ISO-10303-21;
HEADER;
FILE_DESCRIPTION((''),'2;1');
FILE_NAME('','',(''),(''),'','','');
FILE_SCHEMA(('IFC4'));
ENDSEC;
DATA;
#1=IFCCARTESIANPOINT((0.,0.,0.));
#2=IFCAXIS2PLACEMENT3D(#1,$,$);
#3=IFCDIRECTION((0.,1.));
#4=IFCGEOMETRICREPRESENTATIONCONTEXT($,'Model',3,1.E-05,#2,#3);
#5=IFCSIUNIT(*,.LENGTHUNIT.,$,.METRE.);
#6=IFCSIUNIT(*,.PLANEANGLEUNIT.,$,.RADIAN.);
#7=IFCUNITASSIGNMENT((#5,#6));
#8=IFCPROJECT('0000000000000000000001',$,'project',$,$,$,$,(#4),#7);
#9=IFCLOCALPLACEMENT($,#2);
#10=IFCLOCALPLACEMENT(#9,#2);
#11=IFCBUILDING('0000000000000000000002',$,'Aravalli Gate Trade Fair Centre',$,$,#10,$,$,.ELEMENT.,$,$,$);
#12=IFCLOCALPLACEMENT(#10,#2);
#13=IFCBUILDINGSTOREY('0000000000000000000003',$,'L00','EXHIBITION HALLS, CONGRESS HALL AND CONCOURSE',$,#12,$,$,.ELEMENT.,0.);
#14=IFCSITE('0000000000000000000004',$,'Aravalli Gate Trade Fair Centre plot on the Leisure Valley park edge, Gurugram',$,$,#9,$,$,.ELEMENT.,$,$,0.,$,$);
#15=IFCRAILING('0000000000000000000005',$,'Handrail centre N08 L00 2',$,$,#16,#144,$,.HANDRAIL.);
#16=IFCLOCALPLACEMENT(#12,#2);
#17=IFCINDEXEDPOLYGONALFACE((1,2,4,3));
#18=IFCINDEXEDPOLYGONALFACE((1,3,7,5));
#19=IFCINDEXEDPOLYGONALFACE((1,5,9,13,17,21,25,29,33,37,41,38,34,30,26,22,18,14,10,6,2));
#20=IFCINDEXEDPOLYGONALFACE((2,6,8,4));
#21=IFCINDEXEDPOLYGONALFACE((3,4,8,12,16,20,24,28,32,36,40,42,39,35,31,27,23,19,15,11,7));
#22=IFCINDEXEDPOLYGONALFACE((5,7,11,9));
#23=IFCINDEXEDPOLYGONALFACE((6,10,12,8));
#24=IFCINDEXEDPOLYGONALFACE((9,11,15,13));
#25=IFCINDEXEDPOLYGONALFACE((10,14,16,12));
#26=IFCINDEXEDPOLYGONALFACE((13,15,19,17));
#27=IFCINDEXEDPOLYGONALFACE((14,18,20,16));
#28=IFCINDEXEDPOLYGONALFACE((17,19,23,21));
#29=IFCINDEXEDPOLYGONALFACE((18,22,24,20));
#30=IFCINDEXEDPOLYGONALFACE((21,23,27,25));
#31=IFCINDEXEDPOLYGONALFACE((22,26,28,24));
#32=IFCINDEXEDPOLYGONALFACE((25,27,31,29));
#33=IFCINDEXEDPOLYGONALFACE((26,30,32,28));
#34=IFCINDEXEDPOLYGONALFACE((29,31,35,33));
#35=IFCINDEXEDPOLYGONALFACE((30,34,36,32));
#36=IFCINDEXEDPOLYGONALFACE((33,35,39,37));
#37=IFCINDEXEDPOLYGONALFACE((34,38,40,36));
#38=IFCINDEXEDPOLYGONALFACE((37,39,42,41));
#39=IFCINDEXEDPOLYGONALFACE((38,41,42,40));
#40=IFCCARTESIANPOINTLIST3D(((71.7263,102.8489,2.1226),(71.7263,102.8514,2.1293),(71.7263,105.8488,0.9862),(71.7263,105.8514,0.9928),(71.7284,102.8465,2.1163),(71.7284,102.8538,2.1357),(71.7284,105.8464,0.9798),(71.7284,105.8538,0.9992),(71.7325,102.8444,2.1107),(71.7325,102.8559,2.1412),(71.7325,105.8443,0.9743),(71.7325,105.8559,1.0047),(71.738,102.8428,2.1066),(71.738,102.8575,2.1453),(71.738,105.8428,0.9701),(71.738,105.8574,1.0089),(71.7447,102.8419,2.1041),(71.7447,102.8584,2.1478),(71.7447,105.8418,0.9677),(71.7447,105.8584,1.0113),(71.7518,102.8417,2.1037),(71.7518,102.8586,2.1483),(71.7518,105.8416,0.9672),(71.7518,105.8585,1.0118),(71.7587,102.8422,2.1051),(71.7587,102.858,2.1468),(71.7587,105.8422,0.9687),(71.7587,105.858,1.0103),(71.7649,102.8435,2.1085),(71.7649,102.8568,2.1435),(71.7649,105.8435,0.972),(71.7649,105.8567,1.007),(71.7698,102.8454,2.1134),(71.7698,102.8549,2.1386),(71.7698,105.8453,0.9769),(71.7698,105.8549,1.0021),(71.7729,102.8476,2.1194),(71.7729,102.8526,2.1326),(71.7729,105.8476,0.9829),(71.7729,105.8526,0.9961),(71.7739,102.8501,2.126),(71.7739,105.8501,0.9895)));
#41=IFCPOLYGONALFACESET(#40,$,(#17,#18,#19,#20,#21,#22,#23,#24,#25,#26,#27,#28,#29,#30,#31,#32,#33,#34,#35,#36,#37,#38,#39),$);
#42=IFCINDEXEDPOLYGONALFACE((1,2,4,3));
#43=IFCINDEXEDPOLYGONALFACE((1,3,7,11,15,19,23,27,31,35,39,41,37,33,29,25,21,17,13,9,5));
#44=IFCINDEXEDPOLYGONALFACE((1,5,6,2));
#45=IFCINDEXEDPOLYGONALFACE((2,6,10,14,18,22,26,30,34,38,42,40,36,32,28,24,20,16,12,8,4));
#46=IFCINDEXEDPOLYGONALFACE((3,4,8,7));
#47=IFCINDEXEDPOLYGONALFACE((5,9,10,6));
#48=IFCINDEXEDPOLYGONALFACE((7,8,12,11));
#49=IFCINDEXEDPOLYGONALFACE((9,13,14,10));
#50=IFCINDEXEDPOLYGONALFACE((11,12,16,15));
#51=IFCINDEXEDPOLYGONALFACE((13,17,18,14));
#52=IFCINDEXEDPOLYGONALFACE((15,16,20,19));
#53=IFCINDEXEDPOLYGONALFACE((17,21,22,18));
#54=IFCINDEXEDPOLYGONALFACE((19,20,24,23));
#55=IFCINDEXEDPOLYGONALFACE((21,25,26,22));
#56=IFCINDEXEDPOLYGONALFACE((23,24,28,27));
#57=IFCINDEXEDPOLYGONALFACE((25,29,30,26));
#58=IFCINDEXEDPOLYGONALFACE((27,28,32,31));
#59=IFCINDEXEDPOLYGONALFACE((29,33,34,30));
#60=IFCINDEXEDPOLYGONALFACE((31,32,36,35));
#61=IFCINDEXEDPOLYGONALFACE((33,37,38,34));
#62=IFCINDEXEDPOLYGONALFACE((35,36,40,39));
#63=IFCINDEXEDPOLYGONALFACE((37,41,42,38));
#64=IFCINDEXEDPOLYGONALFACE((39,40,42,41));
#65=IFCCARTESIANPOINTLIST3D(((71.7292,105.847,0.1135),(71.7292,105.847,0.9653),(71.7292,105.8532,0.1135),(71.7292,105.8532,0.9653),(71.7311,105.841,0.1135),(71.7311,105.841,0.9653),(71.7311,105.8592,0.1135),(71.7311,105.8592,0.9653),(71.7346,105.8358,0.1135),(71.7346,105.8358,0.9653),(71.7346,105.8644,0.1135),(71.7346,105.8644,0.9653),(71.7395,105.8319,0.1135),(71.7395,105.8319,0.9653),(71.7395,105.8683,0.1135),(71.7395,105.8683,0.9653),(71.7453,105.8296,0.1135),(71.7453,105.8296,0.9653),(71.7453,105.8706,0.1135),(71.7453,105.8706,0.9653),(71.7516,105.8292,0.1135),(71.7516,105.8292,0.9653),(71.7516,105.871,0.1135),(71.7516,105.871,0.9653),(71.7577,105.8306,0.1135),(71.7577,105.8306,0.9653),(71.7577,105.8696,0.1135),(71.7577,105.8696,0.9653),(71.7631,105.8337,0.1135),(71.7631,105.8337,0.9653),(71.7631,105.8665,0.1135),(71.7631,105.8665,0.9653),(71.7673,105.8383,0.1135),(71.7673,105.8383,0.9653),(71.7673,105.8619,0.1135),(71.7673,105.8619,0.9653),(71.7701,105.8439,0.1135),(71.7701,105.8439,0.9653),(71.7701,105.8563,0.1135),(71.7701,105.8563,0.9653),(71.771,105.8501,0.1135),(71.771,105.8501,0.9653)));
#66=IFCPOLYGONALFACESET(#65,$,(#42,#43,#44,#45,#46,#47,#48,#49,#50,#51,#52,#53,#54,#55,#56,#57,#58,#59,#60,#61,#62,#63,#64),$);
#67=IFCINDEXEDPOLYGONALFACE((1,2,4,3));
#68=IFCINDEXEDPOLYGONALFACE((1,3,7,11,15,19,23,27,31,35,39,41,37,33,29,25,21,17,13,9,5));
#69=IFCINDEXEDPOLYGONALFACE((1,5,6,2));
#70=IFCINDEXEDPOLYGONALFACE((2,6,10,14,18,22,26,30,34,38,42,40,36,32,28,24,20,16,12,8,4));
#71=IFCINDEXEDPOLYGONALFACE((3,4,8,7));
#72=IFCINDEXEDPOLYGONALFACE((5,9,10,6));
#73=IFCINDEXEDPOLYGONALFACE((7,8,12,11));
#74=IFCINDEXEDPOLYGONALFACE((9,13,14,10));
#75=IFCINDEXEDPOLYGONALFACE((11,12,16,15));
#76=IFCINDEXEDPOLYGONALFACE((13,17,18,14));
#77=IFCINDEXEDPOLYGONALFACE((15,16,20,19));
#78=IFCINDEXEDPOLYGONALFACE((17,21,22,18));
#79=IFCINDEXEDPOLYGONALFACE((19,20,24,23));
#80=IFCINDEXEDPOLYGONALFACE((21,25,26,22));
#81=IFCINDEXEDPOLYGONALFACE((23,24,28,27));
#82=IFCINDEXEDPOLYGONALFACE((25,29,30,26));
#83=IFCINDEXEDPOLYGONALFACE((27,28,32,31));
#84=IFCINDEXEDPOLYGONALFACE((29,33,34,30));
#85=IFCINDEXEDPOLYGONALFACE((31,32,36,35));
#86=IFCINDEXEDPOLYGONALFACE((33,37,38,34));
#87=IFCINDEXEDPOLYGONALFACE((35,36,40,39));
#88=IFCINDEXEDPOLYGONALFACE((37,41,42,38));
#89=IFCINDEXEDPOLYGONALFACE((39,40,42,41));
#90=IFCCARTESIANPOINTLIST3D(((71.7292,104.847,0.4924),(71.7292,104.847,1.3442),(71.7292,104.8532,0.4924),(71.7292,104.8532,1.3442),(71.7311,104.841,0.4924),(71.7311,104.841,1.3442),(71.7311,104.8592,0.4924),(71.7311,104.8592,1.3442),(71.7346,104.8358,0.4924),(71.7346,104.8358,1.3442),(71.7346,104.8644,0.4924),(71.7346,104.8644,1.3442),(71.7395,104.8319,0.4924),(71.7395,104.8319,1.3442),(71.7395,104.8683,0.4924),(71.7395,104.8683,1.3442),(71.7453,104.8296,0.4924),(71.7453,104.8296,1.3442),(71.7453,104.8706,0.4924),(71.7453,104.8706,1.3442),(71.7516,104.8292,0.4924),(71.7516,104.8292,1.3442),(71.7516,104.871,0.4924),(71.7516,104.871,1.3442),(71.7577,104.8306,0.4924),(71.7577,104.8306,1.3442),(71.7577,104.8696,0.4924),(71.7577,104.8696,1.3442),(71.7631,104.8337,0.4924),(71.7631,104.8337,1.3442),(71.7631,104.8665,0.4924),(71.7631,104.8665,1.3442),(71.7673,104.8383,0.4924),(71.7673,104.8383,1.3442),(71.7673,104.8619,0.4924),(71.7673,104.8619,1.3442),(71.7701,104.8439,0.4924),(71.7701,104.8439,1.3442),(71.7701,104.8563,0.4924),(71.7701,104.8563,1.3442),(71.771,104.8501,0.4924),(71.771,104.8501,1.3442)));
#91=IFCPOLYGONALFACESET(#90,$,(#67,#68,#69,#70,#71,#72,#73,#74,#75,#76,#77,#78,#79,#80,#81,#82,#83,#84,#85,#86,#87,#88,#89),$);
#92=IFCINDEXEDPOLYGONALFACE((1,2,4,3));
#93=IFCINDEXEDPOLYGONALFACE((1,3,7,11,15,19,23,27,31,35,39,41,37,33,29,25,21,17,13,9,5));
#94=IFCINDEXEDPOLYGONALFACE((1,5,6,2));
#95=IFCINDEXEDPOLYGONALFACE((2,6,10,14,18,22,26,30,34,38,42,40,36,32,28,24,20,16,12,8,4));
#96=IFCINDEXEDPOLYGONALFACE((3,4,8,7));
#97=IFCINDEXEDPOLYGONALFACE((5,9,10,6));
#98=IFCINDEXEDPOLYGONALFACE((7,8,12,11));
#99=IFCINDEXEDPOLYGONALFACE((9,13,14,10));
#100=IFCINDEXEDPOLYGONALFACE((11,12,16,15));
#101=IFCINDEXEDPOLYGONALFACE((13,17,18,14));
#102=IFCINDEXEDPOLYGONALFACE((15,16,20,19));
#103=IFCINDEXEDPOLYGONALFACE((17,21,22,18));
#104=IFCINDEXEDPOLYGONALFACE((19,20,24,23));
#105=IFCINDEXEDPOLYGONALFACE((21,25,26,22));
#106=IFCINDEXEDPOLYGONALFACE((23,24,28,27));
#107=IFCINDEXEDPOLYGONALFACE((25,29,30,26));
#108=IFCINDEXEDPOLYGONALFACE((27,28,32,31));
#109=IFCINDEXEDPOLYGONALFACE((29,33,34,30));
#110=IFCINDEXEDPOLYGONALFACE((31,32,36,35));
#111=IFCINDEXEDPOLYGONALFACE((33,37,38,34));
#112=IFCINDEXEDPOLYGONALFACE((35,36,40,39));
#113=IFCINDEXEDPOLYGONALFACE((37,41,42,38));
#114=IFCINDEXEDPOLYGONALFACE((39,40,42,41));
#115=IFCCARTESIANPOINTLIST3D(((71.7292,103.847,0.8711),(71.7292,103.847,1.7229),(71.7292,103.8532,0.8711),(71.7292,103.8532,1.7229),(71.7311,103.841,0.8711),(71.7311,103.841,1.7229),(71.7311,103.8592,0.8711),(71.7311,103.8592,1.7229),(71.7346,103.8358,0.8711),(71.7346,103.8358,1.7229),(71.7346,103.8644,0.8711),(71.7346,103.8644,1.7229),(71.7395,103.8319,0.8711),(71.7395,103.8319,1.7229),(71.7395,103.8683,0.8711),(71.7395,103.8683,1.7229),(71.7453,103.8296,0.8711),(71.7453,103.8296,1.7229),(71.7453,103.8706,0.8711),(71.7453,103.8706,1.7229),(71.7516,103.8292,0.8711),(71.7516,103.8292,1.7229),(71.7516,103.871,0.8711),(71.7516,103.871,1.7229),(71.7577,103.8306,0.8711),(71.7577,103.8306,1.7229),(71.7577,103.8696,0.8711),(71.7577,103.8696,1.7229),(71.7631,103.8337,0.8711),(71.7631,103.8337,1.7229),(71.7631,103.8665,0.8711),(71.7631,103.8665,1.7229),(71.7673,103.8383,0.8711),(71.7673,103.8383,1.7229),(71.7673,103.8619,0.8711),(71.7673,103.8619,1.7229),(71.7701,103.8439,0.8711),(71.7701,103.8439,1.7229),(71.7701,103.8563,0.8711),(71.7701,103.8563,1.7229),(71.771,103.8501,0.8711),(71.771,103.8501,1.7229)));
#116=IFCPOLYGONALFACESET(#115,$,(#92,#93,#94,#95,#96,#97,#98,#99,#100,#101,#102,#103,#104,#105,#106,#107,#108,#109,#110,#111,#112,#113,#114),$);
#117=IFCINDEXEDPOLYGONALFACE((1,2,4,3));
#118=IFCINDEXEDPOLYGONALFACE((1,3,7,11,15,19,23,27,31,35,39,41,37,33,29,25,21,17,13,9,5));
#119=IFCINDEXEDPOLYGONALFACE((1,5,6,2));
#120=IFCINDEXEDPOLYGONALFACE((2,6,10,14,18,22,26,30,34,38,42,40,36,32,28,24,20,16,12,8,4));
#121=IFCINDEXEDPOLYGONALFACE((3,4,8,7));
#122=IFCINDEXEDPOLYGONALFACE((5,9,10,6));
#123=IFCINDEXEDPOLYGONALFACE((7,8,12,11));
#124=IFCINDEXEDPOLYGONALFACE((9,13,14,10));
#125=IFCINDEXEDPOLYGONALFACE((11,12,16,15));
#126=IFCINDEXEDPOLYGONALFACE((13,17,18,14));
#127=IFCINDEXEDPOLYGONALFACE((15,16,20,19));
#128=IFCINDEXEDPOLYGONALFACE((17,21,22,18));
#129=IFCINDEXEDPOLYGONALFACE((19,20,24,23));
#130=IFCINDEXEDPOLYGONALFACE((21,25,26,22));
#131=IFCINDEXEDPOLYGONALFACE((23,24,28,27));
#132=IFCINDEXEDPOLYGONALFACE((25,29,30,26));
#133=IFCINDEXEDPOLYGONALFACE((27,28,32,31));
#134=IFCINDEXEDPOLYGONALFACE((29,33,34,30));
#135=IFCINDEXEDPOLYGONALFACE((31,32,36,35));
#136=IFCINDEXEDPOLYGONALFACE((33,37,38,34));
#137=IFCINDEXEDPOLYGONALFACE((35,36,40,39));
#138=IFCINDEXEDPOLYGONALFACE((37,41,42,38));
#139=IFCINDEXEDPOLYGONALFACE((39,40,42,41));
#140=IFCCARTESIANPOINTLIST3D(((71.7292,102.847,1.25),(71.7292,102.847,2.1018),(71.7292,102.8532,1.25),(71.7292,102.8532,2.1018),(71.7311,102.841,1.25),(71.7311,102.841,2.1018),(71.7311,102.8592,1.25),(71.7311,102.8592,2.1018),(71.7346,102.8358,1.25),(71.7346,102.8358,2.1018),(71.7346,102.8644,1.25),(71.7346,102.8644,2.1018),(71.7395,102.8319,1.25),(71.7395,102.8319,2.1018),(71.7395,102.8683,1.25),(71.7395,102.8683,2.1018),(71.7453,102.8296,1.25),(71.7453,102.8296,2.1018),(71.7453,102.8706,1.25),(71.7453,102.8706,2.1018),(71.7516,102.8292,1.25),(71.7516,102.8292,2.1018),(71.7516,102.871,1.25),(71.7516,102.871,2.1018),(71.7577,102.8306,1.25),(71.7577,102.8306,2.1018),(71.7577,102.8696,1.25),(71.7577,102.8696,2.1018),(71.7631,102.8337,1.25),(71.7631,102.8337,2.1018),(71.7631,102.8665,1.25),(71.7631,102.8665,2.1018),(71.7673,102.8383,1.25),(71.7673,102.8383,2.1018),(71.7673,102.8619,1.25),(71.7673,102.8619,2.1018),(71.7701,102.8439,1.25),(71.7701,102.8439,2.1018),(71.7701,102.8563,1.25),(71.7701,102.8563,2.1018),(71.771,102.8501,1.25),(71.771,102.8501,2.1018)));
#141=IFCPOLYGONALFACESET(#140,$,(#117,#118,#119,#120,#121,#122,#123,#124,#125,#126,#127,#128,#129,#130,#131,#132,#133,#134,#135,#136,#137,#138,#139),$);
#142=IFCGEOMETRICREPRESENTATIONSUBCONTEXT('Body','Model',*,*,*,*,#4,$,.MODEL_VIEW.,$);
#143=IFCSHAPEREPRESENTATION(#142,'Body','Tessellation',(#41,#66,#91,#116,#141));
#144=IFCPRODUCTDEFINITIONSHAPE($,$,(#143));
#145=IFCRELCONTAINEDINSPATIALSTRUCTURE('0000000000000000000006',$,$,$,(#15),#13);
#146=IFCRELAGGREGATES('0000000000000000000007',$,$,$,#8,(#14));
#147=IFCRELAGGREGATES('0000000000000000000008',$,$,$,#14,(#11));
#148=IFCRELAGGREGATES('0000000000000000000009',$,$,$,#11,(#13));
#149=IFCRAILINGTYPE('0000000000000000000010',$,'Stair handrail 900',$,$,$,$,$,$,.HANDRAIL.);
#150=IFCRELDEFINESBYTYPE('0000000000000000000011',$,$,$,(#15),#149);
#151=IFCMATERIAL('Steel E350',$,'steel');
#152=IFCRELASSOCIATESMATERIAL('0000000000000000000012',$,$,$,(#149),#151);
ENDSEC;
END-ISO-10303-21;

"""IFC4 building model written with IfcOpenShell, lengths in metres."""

from ifc_helpers import new_model, si_unit, direction, frame, origin, origin_2d, place, context, subcontext, project, spatial, circle, extrude, material, type_object, element, save


model = new_model("IFC4")

# Units and contexts
model_context = context("Model", 3, precision=1e-05, world=origin(), true_north=direction((0.0, 1.0)))
body_context = subcontext(model_context, "Body", "Model", "MODEL_VIEW")
ifc_project = project(units=[si_unit("LENGTHUNIT", "METRE"), si_unit("PLANEANGLEUNIT", "RADIAN")], contexts=[model_context])

# Site, building, storey
site_placement = place(None, origin())
site = spatial("IfcSite", under=ifc_project, at=site_placement, Name="Aravalli Gate Trade Fair Centre plot on the Leisure Valley park edge, Gurugram", CompositionType="ELEMENT", RefElevation=0.0)
building_placement = place(site_placement, origin())
building = spatial("IfcBuilding", under=site, at=building_placement, Name="Aravalli Gate Trade Fair Centre", CompositionType="ELEMENT")
storey_placement = place(building_placement, origin())
storey = spatial("IfcBuildingStorey", under=building, at=storey_placement, Name="L00", Description="EXHIBITION HALLS, CONGRESS HALL AND CONCOURSE", CompositionType="ELEMENT", Elevation=0.0)

# Shared definitions
ifc_material_1 = material(Name="Steel E350", Category="steel")

# Railing
railing_type = type_object("IfcRailingType", Name="Stair handrail 900", PredefinedType="HANDRAIL", material=ifc_material_1)
for number, where, name in (
    (1, (71.75, 105.8501, 0.1135), "Handrail centre N08 L00 2"),
):
    element("IfcRailing", number, at=place(storey_placement, frame(where)), inside=storey, type_object=railing_type, Name=name, PredefinedType="HANDRAIL", context=body_context, shape_type="SweptSolid", body=[
        extrude(circle(Radius=0.0239, at=origin_2d()), frame((0.0, 0.0, 0.876), z_axis=(0.0, -0.935148, 0.354257), x_axis=(1.0, 0.0, 0.0)), (0.0, 0.0, 1.0), 3.208),
        extrude(circle(Radius=0.021, at=origin_2d()), origin(), (0.0, 0.0, 1.0), 0.8518),
        extrude(circle(Radius=0.021, at=origin_2d()), frame((0.0, -1.0, 0.3789)), (0.0, 0.0, 1.0), 0.8518),
        extrude(circle(Radius=0.021, at=origin_2d()), frame((0.0, -2.0, 0.7576)), (0.0, 0.0, 1.0), 0.8518),
        extrude(circle(Radius=0.021, at=origin_2d()), frame((0.0, -3.0, 1.1365)), (0.0, 0.0, 1.0), 0.8518),
    ])

save(model, "model.ifc")
